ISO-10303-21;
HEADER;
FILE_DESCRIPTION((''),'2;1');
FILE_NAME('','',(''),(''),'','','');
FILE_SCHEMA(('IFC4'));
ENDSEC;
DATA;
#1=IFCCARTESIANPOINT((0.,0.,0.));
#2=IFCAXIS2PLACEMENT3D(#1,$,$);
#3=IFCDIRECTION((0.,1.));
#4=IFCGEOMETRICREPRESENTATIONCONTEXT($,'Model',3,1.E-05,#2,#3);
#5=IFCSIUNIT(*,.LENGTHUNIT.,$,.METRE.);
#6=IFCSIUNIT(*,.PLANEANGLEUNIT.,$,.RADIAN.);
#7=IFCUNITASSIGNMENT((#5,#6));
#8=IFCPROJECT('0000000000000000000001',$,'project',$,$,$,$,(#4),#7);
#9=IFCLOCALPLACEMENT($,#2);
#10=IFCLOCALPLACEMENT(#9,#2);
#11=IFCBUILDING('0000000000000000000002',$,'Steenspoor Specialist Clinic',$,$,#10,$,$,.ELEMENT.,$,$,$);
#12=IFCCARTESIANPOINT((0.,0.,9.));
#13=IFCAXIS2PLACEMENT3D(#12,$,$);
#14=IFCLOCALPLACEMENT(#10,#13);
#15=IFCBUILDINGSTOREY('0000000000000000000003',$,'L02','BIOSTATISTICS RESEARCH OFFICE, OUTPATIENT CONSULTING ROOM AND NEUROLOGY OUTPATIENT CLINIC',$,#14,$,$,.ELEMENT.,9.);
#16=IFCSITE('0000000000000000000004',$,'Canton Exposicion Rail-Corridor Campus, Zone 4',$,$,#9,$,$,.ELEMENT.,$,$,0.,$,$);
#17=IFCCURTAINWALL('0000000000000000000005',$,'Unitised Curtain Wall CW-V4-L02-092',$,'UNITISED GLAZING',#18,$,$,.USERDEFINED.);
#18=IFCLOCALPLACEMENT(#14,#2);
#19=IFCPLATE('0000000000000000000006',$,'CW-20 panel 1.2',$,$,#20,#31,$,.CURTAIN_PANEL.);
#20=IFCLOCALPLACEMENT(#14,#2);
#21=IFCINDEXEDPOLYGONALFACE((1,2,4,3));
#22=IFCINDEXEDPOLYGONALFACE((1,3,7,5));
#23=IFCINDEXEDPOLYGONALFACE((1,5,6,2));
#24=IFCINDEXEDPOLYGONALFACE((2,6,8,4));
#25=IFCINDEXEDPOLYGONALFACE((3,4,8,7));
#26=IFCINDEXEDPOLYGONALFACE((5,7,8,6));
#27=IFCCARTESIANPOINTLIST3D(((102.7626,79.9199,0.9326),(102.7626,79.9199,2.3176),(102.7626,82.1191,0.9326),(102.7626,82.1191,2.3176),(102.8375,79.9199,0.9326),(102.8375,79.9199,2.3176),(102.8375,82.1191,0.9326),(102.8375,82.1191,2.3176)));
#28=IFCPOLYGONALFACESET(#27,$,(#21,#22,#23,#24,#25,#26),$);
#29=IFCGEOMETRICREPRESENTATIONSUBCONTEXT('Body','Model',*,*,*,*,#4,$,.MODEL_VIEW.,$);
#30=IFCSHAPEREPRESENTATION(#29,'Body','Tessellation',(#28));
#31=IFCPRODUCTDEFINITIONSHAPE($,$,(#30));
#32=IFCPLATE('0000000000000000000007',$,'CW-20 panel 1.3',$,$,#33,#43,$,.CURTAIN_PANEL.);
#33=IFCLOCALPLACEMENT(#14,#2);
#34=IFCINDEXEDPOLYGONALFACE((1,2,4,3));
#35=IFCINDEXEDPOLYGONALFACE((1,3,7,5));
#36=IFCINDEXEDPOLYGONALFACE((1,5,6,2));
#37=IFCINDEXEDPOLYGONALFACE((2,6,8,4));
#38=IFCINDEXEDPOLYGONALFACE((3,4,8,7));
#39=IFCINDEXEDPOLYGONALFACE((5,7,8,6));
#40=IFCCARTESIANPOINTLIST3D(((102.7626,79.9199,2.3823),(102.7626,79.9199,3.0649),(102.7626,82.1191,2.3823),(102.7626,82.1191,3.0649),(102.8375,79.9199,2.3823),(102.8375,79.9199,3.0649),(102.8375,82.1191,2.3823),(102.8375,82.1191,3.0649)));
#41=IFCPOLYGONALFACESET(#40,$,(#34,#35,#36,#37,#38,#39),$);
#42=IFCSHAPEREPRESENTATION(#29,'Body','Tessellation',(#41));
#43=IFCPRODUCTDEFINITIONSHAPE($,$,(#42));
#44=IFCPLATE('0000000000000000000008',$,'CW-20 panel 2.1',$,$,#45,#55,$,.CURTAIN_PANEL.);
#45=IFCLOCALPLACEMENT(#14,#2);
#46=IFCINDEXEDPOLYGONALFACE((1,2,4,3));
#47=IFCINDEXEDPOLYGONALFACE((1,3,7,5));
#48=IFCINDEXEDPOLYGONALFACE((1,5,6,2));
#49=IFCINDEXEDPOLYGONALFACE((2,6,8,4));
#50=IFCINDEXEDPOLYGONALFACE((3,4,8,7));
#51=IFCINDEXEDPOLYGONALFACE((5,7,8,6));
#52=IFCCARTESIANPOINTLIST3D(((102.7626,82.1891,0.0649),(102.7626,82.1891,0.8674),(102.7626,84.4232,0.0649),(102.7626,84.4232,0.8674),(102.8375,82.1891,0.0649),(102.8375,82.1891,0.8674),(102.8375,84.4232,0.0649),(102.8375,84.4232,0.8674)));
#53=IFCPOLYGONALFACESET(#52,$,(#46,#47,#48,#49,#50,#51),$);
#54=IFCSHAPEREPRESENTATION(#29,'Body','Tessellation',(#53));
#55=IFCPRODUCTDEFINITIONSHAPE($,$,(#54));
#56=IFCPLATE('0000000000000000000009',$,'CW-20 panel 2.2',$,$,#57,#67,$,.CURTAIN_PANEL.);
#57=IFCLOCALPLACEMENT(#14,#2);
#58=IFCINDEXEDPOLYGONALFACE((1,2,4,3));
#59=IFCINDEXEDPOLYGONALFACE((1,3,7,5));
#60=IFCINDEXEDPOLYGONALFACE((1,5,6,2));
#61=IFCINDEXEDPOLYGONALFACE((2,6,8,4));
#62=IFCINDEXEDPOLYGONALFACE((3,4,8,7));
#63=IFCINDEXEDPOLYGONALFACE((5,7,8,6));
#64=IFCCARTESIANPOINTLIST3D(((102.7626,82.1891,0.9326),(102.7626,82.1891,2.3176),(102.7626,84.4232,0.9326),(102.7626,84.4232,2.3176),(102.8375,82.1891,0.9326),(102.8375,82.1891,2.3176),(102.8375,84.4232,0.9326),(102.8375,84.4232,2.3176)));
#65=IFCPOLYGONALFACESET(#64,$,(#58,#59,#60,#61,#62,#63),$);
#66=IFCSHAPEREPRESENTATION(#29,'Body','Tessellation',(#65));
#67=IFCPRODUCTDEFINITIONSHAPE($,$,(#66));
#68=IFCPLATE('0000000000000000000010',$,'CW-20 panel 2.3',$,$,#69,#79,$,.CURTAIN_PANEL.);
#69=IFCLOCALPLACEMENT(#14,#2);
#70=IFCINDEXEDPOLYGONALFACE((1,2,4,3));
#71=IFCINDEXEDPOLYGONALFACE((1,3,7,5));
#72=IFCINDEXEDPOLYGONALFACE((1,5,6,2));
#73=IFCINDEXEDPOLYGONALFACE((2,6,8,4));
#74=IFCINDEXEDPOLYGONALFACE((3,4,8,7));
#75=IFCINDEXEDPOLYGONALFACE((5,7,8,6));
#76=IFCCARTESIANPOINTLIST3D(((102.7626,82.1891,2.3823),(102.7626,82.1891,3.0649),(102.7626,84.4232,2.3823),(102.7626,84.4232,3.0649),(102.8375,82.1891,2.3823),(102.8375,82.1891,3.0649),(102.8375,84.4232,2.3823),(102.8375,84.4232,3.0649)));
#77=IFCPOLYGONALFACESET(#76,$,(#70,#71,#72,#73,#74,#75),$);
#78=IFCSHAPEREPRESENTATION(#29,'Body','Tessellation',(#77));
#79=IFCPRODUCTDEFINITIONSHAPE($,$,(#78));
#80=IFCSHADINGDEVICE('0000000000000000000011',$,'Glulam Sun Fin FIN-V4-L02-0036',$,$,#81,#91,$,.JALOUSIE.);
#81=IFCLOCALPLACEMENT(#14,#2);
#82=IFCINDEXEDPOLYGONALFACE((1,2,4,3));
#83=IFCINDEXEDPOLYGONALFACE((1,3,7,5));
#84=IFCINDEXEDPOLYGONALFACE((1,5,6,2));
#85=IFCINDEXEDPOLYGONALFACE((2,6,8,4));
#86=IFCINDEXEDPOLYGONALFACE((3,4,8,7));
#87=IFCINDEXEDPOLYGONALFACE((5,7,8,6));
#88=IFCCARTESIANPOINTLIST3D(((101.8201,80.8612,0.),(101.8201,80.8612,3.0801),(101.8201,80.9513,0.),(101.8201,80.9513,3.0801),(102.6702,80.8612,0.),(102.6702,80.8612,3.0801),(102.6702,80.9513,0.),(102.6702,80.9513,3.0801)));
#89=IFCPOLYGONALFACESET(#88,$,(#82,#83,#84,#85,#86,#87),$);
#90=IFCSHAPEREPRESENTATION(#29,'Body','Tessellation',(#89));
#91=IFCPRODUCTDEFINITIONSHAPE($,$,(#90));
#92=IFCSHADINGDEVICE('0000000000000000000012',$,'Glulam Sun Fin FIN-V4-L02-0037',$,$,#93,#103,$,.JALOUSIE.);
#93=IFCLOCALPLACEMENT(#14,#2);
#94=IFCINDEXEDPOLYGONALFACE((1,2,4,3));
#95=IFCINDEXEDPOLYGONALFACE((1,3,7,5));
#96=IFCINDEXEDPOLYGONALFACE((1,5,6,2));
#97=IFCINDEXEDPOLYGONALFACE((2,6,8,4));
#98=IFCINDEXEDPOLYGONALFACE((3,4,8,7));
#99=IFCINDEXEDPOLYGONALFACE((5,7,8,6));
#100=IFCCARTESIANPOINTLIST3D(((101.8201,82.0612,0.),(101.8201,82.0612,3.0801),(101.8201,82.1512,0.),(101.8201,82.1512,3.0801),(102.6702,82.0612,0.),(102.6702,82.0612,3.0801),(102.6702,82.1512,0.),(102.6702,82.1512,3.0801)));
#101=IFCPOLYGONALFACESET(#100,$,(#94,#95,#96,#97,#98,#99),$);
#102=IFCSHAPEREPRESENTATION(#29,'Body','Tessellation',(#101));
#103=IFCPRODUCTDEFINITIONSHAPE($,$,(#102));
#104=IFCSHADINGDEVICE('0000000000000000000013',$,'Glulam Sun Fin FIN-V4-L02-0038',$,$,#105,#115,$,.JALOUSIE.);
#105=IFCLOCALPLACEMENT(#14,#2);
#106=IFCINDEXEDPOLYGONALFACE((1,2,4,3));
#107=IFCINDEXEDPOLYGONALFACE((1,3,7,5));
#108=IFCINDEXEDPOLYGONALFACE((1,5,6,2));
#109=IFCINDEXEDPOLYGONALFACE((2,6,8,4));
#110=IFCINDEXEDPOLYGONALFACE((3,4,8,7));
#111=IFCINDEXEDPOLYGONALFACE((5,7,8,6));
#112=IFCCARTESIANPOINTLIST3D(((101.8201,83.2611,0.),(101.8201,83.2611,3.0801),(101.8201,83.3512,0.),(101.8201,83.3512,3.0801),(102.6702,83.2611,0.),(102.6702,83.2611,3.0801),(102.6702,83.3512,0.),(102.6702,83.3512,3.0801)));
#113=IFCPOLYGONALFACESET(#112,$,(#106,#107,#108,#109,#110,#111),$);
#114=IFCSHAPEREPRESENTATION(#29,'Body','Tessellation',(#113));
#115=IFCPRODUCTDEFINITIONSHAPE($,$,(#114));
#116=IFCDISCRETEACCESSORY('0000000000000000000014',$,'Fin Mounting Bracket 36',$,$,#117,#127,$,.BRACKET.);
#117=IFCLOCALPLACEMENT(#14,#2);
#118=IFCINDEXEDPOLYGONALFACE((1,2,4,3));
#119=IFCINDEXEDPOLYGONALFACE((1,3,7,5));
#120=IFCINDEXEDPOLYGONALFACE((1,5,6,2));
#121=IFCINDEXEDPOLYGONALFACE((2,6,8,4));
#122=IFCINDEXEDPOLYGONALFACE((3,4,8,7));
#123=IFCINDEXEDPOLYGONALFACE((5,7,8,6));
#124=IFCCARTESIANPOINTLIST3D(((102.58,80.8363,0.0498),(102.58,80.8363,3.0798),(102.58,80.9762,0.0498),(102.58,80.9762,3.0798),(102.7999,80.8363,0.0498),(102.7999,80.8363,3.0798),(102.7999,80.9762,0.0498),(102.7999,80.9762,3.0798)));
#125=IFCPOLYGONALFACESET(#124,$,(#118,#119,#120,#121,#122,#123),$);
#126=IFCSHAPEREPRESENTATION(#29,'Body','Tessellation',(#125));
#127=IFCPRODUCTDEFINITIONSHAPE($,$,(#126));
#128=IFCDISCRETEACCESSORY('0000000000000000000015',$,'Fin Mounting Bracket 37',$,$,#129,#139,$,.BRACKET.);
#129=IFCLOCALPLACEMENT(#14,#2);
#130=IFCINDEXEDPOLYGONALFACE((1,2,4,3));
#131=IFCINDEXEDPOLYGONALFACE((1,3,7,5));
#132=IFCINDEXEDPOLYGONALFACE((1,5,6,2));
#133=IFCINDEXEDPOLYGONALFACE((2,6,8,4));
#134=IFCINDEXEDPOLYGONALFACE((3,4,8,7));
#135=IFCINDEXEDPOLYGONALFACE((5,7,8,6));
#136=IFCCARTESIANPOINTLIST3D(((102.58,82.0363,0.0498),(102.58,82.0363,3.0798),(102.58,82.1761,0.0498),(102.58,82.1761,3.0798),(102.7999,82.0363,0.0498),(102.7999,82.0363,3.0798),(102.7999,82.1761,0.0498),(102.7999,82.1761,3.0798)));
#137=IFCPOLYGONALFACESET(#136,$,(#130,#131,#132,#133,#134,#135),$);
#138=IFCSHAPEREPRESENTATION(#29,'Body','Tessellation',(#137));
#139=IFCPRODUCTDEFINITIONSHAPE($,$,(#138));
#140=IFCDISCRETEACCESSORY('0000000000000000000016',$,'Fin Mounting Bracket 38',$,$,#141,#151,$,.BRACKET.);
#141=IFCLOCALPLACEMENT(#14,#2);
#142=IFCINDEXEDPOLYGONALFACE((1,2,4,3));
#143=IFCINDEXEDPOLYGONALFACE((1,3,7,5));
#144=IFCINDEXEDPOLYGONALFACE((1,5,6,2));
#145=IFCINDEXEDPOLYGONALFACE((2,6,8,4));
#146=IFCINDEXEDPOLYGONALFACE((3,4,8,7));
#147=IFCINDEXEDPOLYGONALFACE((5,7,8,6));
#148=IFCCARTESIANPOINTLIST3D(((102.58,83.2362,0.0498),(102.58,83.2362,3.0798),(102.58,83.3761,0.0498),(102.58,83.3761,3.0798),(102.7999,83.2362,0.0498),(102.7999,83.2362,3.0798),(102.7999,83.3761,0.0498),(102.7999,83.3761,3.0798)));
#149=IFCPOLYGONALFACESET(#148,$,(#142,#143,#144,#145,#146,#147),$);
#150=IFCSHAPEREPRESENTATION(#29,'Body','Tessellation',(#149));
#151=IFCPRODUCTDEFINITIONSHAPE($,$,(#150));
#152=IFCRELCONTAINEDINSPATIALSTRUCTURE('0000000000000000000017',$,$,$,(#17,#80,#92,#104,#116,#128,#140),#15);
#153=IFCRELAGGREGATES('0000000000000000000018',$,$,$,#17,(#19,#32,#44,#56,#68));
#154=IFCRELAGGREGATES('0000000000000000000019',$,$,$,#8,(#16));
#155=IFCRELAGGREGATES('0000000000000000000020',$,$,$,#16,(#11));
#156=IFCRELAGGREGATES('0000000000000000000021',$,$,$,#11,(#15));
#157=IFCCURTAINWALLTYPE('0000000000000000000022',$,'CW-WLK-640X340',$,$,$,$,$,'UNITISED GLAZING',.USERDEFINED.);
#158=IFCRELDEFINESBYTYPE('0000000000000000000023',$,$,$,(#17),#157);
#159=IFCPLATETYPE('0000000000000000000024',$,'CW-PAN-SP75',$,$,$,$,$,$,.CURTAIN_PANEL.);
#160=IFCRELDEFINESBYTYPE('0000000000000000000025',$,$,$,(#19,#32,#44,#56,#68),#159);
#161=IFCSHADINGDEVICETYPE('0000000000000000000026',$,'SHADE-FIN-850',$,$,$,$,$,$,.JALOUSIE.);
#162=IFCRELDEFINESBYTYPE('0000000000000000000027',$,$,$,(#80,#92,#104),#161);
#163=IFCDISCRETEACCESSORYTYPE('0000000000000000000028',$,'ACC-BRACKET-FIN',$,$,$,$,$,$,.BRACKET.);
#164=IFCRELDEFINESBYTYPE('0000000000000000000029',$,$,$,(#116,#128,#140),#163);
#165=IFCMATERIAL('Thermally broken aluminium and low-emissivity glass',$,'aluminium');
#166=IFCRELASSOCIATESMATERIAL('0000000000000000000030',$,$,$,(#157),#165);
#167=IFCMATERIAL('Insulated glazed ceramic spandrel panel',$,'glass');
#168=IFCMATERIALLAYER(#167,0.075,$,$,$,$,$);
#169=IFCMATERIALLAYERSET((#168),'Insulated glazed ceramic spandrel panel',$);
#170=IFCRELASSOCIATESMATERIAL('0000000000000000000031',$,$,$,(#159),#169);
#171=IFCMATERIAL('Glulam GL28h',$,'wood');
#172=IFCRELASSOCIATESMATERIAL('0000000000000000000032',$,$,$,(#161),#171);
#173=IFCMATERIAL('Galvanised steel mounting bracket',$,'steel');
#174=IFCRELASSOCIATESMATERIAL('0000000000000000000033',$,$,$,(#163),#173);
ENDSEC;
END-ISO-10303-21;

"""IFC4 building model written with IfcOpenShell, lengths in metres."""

from ifc_helpers import new_model, si_unit, direction, frame, origin, origin_2d, place, context, subcontext, project, spatial, rectangle, extrude, material, layer, layer_set, material_profile, profile_set, type_object, element, aggregate, save


model = new_model("IFC4")

# Units and contexts
model_context = context("Model", 3, precision=1e-05, world=origin(), true_north=direction((0.0, 1.0)))
body_context = subcontext(model_context, "Body", "Model", "MODEL_VIEW")
ifc_project = project(units=[si_unit("LENGTHUNIT", "METRE"), si_unit("PLANEANGLEUNIT", "RADIAN")], contexts=[model_context])

# Site, building, storey
site_placement = place(None, origin())
site = spatial("IfcSite", under=ifc_project, at=site_placement, Name="Canton Exposicion Rail-Corridor Campus, Zone 4", CompositionType="ELEMENT", RefElevation=0.0)
building_placement = place(site_placement, origin())
building = spatial("IfcBuilding", under=site, at=building_placement, Name="Steenspoor Specialist Clinic", CompositionType="ELEMENT")
storey_placement = place(building_placement, frame((0.0, 0.0, 9.0)))
storey = spatial("IfcBuildingStorey", under=building, at=storey_placement, Name="L02", Description="BIOSTATISTICS RESEARCH OFFICE, OUTPATIENT CONSULTING ROOM AND NEUROLOGY OUTPATIENT CLINIC", CompositionType="ELEMENT", Elevation=9.0)

# Curtain wall, plates
ifc_material_1 = material(Name="Thermally broken aluminium and low-emissivity glass", Category="aluminium")
curtain_wall_type = type_object("IfcCurtainWallType", Name="CW-WLK-640X340", ElementType="UNITISED GLAZING", PredefinedType="USERDEFINED", material=ifc_material_1)
curtain_wall_placement = place(storey_placement, origin())
curtain_wall = element("IfcCurtainWall", 1, at=curtain_wall_placement, inside=storey, type_object=curtain_wall_type, Name="Unitised Curtain Wall CW-V4-L02-092", ObjectType="UNITISED GLAZING", PredefinedType="USERDEFINED")
ifc_material_2 = material(Name="Insulated glazed ceramic spandrel panel", Category="glass")
ifc_layer = layer(ifc_material_2, 0.075)
ifc_layer_set = layer_set([ifc_layer], Name="Insulated glazed ceramic spandrel panel")
plate_type = type_object("IfcPlateType", Name="CW-PAN-SP75", PredefinedType="CURTAIN_PANEL", material=ifc_layer_set)
plate_1_placement = place(storey_placement, frame((102.8, 81.0195, 0.9326), z_axis=(0.0, 0.0, 1.0), x_axis=(0.0, 1.0, 0.0)))
plate_1 = element("IfcPlate", 2, at=plate_1_placement, type_object=plate_type, Name="CW-20 panel 1.2", PredefinedType="CURTAIN_PANEL", context=body_context, shape_type="SweptSolid", body=[
    extrude(rectangle(XDim=2.1992, YDim=0.075, at=origin_2d()), origin(), (0.0, 0.0, 1.0), 1.385),
])
plate_2_placement = place(storey_placement, frame((102.8, 81.0195, 2.3823), z_axis=(0.0, 0.0, 1.0), x_axis=(0.0, 1.0, 0.0)))
plate_2 = element("IfcPlate", 3, at=plate_2_placement, type_object=plate_type, Name="CW-20 panel 1.3", PredefinedType="CURTAIN_PANEL", context=body_context, shape_type="SweptSolid", body=[
    extrude(rectangle(XDim=2.1992, YDim=0.075, at=origin_2d()), origin(), (0.0, 0.0, 1.0), 0.6826),
])
plate_3_placement = place(storey_placement, frame((102.8, 83.3062, 0.0649), z_axis=(0.0, 0.0, 1.0), x_axis=(0.0, 1.0, 0.0)))
plate_3 = element("IfcPlate", 4, at=plate_3_placement, type_object=plate_type, Name="CW-20 panel 2.1", PredefinedType="CURTAIN_PANEL", context=body_context, shape_type="SweptSolid", body=[
    extrude(rectangle(XDim=2.2341, YDim=0.075, at=origin_2d()), origin(), (0.0, 0.0, 1.0), 0.8025),
])
plate_4_placement = place(storey_placement, frame((102.8, 83.3062, 0.9326), z_axis=(0.0, 0.0, 1.0), x_axis=(0.0, 1.0, 0.0)))
plate_4 = element("IfcPlate", 5, at=plate_4_placement, type_object=plate_type, Name="CW-20 panel 2.2", PredefinedType="CURTAIN_PANEL", context=body_context, shape_type="SweptSolid", body=[
    extrude(rectangle(XDim=2.2341, YDim=0.075, at=origin_2d()), origin(), (0.0, 0.0, 1.0), 1.385),
])
plate_5_placement = place(storey_placement, frame((102.8, 83.3062, 2.3823), z_axis=(0.0, 0.0, 1.0), x_axis=(0.0, 1.0, 0.0)))
plate_5 = element("IfcPlate", 6, at=plate_5_placement, type_object=plate_type, Name="CW-20 panel 2.3", PredefinedType="CURTAIN_PANEL", context=body_context, shape_type="SweptSolid", body=[
    extrude(rectangle(XDim=2.2341, YDim=0.075, at=origin_2d()), origin(), (0.0, 0.0, 1.0), 0.6826),
])
aggregate(curtain_wall, [plate_1, plate_2, plate_3, plate_4, plate_5])

# Shading devices
ifc_material_3 = material(Name="Glulam GL28h", Category="wood")
ifc_material_profile_1 = material_profile(ifc_material_3, rectangle(XDim=0.0901, YDim=0.8501, at=origin_2d()), Name="GL28H-90X850")
ifc_profile_set_1 = profile_set([ifc_material_profile_1], Name="Glulam GL28h")
shading_device_type = type_object("IfcShadingDeviceType", Name="SHADE-FIN-850", PredefinedType="JALOUSIE", material=ifc_profile_set_1)
for number, where, z_axis, x_axis, name in (
    (7, (102.2451, 80.9062, 0.0), (0.0, 0.0, 1.0), (0.0, 1.0, 0.0), "Glulam Sun Fin FIN-V4-L02-0036"),
    (8, (102.2451, 82.1062, 0.0), (0.0, 0.0, 1.0), (0.0, 1.0, 0.0), "Glulam Sun Fin FIN-V4-L02-0037"),
    (9, (102.2451, 83.3062, 0.0), (0.0, 0.0, 1.0), (0.0, 1.0, 0.0), "Glulam Sun Fin FIN-V4-L02-0038"),
):
    element("IfcShadingDevice", number, at=place(storey_placement, frame(where, z_axis=z_axis, x_axis=x_axis)), inside=storey, type_object=shading_device_type, Name=name, PredefinedType="JALOUSIE", context=body_context, shape_type="SweptSolid", body=[
        extrude(rectangle(XDim=0.0901, YDim=0.8501, at=origin_2d()), origin(), (0.0, 0.0, 1.0), 3.0801),
    ])

# Discrete accessories
ifc_material_4 = material(Name="Galvanised steel mounting bracket", Category="steel")
discrete_accessory_type = type_object("IfcDiscreteAccessoryType", Name="ACC-BRACKET-FIN", PredefinedType="BRACKET", material=ifc_material_4)
for number, where, z_axis, x_axis, name in (
    (10, (102.6899, 80.9062, 0.0498), (0.0, 0.0, 1.0), (-1.0, 0.0, 0.0), "Fin Mounting Bracket 36"),
    (11, (102.6899, 82.1062, 0.0498), (0.0, 0.0, 1.0), (-1.0, 0.0, 0.0), "Fin Mounting Bracket 37"),
    (12, (102.6899, 83.3062, 0.0498), (0.0, 0.0, 1.0), (-1.0, 0.0, 0.0), "Fin Mounting Bracket 38"),
):
    element("IfcDiscreteAccessory", number, at=place(storey_placement, frame(where, z_axis=z_axis, x_axis=x_axis)), inside=storey, type_object=discrete_accessory_type, Name=name, PredefinedType="BRACKET", context=body_context, shape_type="SweptSolid", body=[
        extrude(rectangle(XDim=0.22, YDim=0.1399, at=origin_2d()), origin(), (0.0, 0.0, 1.0), 3.03),
    ])

save(model, "model.ifc")
